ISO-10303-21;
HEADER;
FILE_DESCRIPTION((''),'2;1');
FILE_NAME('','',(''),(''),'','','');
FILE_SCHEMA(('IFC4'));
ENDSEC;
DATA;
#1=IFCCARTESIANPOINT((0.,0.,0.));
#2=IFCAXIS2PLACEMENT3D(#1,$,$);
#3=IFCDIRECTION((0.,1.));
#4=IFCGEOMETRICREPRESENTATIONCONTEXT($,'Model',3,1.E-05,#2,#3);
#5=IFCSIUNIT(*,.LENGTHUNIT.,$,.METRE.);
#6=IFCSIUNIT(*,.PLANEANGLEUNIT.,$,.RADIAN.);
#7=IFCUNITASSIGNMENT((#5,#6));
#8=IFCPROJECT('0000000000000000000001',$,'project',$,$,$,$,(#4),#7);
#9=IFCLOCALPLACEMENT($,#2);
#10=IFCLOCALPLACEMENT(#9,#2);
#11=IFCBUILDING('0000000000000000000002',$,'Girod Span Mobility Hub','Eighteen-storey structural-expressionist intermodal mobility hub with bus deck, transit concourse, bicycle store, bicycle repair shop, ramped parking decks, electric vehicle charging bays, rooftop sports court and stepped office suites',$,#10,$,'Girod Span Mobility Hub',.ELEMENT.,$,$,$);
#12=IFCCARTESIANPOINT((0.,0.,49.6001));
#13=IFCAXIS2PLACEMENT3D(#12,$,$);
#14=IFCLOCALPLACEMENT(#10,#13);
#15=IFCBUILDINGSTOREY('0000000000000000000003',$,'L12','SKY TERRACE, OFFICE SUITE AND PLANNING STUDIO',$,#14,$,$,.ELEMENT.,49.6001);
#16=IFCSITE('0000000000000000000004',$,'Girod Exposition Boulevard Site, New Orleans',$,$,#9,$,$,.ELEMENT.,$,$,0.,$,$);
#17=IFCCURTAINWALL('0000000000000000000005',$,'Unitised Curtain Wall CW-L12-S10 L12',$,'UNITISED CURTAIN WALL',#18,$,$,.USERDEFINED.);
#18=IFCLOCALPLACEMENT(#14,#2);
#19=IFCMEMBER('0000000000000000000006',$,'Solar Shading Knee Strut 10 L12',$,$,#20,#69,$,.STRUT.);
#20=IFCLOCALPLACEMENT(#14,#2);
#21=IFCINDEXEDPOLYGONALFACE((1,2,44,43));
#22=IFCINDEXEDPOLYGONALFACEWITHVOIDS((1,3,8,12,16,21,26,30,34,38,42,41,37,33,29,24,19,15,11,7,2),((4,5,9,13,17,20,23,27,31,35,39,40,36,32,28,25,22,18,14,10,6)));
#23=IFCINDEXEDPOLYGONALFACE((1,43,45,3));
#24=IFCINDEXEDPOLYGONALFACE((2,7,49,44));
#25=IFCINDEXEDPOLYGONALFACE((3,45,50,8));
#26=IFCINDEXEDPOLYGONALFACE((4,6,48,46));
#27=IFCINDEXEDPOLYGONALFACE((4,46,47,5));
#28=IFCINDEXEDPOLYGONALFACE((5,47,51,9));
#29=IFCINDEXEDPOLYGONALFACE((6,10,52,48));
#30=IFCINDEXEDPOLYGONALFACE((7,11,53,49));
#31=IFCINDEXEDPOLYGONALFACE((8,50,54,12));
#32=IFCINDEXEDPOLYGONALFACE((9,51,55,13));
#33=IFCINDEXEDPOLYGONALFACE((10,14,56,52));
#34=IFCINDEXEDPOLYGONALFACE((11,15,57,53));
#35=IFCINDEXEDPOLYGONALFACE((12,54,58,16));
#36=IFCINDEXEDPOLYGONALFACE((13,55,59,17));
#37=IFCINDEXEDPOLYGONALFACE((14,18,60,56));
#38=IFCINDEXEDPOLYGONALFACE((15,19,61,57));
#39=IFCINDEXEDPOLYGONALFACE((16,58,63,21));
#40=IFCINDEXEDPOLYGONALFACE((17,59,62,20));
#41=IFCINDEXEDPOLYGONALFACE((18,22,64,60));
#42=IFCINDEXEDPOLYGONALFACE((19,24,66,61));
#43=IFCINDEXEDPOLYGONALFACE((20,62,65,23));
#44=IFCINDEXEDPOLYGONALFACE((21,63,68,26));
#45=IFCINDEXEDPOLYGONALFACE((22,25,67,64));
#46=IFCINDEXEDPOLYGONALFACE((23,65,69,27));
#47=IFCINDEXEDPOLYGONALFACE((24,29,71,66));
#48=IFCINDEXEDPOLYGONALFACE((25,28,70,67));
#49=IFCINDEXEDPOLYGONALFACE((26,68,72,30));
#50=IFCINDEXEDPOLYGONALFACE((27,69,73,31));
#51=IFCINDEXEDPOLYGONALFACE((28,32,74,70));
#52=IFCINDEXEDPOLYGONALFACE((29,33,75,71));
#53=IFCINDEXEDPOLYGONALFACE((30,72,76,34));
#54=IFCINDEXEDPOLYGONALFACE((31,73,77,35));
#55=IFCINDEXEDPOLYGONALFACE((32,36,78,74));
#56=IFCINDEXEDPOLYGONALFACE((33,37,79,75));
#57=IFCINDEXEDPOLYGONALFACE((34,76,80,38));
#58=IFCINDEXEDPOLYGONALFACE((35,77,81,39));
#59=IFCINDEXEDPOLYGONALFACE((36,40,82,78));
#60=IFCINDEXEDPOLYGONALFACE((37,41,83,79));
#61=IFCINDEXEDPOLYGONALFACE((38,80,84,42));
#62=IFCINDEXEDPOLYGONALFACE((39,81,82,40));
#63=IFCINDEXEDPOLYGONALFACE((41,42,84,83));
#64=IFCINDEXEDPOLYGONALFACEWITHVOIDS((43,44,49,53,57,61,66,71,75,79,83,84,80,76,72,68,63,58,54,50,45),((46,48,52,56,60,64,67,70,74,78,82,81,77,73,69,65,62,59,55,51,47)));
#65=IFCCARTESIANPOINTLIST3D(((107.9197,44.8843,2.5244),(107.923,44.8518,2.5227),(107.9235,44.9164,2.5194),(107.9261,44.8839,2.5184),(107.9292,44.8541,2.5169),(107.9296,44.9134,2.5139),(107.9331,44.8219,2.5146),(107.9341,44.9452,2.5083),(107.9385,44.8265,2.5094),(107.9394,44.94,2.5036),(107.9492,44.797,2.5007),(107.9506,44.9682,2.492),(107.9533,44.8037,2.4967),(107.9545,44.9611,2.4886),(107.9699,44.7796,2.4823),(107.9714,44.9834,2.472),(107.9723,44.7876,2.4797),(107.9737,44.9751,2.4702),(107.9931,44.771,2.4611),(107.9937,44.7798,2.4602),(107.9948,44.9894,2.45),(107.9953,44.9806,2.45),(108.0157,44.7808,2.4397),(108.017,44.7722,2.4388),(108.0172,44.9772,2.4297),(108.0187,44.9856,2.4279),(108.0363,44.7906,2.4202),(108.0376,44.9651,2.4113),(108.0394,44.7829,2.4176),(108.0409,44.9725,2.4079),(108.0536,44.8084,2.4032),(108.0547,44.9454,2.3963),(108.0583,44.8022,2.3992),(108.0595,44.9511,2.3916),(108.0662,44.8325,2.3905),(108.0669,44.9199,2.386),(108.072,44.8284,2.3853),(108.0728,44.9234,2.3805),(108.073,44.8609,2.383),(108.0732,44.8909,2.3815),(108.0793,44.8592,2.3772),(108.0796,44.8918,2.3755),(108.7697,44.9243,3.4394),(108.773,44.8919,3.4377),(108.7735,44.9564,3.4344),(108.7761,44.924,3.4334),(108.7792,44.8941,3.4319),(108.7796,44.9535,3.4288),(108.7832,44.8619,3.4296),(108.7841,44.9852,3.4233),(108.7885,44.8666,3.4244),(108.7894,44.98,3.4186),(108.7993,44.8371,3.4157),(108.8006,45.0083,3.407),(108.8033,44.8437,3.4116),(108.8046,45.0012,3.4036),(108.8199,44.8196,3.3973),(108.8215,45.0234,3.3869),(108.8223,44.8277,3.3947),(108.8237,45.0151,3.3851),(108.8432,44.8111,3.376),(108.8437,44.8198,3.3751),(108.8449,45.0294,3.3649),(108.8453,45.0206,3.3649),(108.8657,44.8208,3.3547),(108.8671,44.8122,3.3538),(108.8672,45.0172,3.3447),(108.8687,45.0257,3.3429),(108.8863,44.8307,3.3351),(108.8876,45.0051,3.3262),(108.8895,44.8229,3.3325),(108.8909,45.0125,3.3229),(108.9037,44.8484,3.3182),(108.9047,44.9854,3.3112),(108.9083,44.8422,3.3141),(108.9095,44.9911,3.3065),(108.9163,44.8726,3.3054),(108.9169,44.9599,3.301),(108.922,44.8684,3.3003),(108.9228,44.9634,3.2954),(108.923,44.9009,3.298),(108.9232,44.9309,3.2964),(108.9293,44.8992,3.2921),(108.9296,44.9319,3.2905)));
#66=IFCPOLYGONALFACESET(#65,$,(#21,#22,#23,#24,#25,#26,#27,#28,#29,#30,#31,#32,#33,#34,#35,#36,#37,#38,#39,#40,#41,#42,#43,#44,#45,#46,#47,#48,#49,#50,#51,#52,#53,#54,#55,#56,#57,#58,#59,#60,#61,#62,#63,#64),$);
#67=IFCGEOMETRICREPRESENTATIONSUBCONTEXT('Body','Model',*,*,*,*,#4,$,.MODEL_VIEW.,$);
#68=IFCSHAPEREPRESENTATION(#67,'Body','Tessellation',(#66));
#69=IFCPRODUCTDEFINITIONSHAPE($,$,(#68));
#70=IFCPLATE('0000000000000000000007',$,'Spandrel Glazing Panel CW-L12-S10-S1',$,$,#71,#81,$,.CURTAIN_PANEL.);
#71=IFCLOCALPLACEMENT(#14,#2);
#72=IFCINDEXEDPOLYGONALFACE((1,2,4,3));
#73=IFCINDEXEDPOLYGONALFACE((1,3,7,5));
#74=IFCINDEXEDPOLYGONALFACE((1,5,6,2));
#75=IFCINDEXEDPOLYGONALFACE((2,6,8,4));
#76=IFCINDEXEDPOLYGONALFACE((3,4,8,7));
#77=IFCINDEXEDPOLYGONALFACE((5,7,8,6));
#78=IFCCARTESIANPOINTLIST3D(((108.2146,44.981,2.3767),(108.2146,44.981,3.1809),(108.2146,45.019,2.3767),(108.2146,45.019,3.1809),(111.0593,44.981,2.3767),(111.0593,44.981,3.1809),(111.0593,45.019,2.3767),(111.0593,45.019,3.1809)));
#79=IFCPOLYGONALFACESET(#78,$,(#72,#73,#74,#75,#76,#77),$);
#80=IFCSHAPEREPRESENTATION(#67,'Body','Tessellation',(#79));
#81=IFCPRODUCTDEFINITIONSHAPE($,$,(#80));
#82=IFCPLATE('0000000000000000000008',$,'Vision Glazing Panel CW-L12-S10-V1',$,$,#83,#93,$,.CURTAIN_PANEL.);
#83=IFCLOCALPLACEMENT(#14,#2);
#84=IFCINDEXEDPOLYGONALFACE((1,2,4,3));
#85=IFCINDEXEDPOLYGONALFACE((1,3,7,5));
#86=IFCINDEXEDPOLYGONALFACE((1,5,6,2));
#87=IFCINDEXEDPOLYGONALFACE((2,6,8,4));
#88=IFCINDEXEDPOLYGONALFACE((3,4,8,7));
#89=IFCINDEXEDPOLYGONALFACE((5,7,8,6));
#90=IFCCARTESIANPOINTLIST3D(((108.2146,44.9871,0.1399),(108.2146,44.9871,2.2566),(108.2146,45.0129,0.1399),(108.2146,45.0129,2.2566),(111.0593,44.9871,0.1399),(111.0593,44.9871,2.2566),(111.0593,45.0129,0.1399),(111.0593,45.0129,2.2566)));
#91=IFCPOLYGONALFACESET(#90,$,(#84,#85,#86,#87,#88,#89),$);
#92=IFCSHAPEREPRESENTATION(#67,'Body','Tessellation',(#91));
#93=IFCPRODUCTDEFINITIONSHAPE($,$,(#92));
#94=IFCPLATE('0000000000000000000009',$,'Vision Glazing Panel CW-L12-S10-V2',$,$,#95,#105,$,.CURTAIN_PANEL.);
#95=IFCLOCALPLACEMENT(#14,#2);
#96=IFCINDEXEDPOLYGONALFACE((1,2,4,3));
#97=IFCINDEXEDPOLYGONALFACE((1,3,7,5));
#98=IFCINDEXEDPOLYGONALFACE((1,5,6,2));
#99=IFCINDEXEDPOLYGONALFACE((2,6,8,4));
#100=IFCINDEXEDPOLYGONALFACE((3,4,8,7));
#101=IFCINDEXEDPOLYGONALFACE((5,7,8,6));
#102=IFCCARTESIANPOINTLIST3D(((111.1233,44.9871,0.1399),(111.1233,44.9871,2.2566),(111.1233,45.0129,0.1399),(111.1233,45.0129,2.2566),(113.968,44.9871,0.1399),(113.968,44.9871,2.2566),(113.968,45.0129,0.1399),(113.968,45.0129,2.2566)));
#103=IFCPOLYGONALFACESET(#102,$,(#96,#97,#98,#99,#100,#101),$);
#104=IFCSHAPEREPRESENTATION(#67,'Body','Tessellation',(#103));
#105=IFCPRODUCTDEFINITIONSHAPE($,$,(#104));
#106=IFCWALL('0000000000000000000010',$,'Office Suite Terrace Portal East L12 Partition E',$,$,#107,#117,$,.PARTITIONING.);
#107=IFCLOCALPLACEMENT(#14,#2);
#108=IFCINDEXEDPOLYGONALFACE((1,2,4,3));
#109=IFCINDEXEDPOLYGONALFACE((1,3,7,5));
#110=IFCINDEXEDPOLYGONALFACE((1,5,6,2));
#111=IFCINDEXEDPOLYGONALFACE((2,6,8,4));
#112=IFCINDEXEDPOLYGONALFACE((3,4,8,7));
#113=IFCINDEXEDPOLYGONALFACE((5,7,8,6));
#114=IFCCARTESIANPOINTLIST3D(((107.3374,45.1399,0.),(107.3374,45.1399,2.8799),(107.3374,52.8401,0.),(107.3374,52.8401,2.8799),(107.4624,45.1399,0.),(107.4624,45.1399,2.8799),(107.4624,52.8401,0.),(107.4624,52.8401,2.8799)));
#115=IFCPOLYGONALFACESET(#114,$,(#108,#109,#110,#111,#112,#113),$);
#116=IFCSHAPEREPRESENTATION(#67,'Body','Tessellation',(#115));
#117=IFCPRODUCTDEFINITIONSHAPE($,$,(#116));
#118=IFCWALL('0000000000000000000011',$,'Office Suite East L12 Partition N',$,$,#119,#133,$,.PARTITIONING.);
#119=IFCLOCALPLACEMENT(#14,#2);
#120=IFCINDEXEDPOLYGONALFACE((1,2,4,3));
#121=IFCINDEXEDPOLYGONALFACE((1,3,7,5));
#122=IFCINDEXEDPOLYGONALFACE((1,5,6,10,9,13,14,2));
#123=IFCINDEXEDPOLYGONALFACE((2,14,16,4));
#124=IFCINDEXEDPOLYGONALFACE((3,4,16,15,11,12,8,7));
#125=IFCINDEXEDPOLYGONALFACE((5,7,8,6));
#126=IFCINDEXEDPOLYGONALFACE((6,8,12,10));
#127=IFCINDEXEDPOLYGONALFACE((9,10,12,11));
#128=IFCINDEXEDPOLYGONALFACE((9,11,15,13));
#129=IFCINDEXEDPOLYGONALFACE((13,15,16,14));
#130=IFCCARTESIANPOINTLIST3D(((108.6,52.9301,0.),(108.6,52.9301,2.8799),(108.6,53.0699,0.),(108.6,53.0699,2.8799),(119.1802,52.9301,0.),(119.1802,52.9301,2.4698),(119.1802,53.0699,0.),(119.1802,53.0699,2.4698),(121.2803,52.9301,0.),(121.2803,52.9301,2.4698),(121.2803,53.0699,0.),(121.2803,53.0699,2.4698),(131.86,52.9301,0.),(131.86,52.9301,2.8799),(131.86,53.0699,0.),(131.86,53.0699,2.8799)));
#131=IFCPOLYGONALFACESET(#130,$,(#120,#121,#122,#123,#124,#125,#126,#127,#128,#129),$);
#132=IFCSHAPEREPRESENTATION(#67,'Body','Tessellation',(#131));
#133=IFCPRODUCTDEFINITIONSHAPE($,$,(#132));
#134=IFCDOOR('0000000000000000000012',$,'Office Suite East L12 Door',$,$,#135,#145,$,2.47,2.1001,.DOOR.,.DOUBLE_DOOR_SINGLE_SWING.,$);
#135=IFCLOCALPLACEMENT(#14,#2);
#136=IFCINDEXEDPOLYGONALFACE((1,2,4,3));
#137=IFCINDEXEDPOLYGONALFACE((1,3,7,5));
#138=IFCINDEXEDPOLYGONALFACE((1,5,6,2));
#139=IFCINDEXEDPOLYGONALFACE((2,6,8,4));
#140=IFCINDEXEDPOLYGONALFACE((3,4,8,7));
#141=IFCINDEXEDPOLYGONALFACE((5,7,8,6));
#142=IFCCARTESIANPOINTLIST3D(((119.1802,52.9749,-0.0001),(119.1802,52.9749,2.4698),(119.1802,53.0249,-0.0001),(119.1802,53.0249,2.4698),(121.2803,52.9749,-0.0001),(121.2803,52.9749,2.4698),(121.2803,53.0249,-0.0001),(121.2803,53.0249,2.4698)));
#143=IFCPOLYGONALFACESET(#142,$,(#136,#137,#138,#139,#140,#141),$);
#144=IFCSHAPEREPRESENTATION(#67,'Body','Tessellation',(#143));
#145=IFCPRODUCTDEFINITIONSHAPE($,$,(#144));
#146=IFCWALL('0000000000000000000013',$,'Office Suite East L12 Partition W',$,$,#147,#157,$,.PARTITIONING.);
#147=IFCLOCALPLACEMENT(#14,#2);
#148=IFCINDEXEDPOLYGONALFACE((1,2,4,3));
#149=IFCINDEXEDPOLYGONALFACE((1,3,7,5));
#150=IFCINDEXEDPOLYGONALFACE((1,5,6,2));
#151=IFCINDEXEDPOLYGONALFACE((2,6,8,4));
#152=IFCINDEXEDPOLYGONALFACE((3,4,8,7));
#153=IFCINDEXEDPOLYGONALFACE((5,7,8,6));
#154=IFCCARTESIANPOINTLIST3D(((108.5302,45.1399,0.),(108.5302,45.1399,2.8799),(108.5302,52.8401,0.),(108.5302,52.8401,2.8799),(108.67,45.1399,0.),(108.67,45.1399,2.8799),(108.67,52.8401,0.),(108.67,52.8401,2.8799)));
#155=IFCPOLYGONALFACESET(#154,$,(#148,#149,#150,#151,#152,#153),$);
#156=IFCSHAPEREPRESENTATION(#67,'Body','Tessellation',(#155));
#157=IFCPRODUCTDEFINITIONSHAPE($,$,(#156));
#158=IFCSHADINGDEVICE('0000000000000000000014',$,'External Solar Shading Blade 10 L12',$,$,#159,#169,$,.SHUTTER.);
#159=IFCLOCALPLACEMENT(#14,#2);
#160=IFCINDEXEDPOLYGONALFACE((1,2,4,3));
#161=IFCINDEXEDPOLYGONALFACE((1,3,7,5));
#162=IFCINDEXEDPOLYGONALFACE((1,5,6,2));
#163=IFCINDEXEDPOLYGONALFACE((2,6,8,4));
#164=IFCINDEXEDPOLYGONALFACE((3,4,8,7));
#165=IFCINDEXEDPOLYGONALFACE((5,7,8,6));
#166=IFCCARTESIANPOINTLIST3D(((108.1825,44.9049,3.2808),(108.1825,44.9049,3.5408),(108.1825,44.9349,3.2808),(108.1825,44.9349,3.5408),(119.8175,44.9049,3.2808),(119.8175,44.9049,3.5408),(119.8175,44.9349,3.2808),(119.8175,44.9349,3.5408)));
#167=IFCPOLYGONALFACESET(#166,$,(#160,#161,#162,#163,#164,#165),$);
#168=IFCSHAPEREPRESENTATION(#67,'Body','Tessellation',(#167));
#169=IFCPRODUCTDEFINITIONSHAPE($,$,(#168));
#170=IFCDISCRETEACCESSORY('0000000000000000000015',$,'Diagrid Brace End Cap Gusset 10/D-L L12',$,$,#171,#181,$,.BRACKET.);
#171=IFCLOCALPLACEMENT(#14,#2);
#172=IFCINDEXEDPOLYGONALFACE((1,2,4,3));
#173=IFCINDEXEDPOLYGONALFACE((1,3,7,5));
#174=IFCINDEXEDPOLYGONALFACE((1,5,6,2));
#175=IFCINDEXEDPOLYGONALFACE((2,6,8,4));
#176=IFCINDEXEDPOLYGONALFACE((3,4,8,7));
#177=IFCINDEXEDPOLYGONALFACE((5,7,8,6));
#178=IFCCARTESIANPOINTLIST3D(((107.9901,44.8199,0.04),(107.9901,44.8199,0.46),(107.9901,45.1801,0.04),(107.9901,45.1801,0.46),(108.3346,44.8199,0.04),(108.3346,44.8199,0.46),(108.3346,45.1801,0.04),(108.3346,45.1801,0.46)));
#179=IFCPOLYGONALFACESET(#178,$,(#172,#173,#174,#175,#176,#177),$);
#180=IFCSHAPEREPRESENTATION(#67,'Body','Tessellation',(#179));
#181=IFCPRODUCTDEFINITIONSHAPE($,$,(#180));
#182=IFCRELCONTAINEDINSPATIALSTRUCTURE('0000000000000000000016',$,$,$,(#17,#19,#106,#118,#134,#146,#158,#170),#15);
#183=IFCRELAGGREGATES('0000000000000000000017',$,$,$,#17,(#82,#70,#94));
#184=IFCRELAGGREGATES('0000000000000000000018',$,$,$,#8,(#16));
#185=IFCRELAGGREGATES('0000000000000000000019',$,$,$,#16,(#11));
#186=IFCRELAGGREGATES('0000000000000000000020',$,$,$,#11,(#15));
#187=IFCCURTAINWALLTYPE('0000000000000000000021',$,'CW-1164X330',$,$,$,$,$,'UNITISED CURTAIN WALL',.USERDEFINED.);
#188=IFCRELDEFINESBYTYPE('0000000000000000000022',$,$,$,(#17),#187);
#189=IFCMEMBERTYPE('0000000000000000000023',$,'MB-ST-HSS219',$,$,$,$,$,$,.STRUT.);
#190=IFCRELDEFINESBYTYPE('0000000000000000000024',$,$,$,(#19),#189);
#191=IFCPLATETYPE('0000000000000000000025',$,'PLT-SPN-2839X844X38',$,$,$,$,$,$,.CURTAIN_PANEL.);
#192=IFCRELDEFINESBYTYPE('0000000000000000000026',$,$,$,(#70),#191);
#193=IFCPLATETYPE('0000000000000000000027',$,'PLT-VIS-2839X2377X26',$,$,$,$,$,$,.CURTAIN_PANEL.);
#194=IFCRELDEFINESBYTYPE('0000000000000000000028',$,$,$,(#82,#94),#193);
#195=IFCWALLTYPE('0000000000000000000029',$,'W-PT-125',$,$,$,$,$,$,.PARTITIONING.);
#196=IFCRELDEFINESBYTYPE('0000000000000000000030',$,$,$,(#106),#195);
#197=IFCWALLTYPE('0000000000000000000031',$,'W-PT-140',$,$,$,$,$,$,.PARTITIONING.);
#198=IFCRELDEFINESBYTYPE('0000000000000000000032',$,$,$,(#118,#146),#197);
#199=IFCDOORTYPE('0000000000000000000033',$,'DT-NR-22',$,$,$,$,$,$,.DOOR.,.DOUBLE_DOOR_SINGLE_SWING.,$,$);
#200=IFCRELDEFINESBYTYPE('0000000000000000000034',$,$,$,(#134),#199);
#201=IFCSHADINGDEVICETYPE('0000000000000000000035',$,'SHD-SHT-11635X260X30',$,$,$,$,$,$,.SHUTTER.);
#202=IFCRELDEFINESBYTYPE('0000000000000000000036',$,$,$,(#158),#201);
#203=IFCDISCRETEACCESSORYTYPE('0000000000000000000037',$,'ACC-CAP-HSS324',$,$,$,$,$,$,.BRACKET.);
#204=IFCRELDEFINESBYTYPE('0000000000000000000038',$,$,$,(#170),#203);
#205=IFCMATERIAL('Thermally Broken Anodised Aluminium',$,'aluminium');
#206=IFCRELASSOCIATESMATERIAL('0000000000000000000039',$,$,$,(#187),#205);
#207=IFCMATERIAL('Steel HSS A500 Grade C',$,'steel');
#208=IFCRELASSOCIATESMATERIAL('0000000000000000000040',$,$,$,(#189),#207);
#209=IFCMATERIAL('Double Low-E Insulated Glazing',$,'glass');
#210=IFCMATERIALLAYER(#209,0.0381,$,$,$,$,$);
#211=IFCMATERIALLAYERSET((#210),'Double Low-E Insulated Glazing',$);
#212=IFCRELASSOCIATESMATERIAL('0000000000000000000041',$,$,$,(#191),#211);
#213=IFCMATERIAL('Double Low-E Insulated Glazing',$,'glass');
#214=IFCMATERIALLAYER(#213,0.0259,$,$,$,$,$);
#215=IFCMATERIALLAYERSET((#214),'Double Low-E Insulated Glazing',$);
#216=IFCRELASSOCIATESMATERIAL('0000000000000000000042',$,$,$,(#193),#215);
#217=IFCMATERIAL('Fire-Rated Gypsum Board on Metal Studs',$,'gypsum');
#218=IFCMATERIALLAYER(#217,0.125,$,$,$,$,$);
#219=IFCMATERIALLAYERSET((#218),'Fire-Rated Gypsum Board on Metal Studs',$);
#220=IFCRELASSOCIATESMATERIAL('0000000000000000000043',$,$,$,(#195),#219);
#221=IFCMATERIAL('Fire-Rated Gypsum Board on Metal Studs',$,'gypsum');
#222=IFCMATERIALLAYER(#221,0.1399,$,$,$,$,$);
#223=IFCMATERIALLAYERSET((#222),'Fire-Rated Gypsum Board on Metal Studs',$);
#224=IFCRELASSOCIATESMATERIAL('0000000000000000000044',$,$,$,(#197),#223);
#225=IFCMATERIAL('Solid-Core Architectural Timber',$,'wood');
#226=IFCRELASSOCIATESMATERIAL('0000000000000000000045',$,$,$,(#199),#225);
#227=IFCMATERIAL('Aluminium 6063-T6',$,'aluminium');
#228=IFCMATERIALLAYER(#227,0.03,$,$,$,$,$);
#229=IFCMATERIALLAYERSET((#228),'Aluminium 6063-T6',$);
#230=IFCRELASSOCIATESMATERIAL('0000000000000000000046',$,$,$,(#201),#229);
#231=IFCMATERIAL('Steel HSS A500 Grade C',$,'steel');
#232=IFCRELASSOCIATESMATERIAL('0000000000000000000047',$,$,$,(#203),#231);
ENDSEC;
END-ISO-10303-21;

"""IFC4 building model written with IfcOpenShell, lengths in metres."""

from ifc_helpers import new_model, si_unit, direction, frame, frame_2d, origin, origin_2d, place, context, subcontext, project, spatial, rectangle, hollow_circle, extrude, material, layer, layer_set, material_profile, profile_set, type_object, element, fill, aggregate, save


model = new_model("IFC4")

# Units and contexts
model_context = context("Model", 3, precision=1e-05, world=origin(), true_north=direction((0.0, 1.0)))
body_context = subcontext(model_context, "Body", "Model", "MODEL_VIEW")
ifc_project = project(units=[si_unit("LENGTHUNIT", "METRE"), si_unit("PLANEANGLEUNIT", "RADIAN")], contexts=[model_context])

# Site, building, storey
site_placement = place(None, origin())
site = spatial("IfcSite", under=ifc_project, at=site_placement, Name="Girod Exposition Boulevard Site, New Orleans", CompositionType="ELEMENT", RefElevation=0.0)
building_placement = place(site_placement, origin())
building = spatial("IfcBuilding", under=site, at=building_placement, Name="Girod Span Mobility Hub", Description="Eighteen-storey structural-expressionist intermodal mobility hub with bus deck, transit concourse, bicycle store, bicycle repair shop, ramped parking decks, electric vehicle charging bays, rooftop sports court and stepped office suites", LongName="Girod Span Mobility Hub", CompositionType="ELEMENT")
storey_placement = place(building_placement, frame((0.0, 0.0, 49.6001)))
storey = spatial("IfcBuildingStorey", under=building, at=storey_placement, Name="L12", Description="SKY TERRACE, OFFICE SUITE AND PLANNING STUDIO", CompositionType="ELEMENT", Elevation=49.6001)

# Curtain wall
ifc_material_1 = material(Name="Thermally Broken Anodised Aluminium", Category="aluminium")
curtain_wall_type = type_object("IfcCurtainWallType", Name="CW-1164X330", ElementType="UNITISED CURTAIN WALL", PredefinedType="USERDEFINED", material=ifc_material_1)
curtain_wall_placement = place(storey_placement, origin())
curtain_wall = element("IfcCurtainWall", 1, at=curtain_wall_placement, inside=storey, type_object=curtain_wall_type, Name="Unitised Curtain Wall CW-L12-S10 L12", ObjectType="UNITISED CURTAIN WALL", PredefinedType="USERDEFINED")

# Member
ifc_material_2 = material(Name="Steel HSS A500 Grade C", Category="steel")
ifc_material_profile_1 = material_profile(ifc_material_2, hollow_circle(Radius=0.1096, WallThickness=0.0088, at=origin_2d()), Name="HSS219X9.5")
ifc_profile_set_1 = profile_set([ifc_material_profile_1], Name="Steel HSS A500 Grade C")
member_type_1 = type_object("IfcMemberType", Name="MB-ST-HSS219", PredefinedType="STRUT", material=ifc_profile_set_1)
member_1_placement = place(storey_placement, frame((108.0, 44.8799, 2.45), z_axis=(0.680282, 0.032041, 0.73225), x_axis=(-0.047047, 0.998893, 0.0)))
element("IfcMember", 2, at=member_1_placement, inside=storey, type_object=member_type_1, Name="Solar Shading Knee Strut 10 L12", PredefinedType="STRUT", context=body_context, shape_type="SweptSolid", body=[
    extrude(hollow_circle(Radius=0.1096, WallThickness=0.0088, at=origin_2d()), origin(), (0.0, 0.0, 1.0), 1.2495),
])

# Plates
ifc_material_3 = material(Name="Double Low-E Insulated Glazing", Category="glass")
ifc_layer_1 = layer(ifc_material_3, 0.0381)
ifc_layer_set_1 = layer_set([ifc_layer_1], Name="Double Low-E Insulated Glazing")
plate_type_1 = type_object("IfcPlateType", Name="PLT-SPN-2839X844X38", PredefinedType="CURTAIN_PANEL", material=ifc_layer_set_1)
plate_1_placement = place(storey_placement, frame((109.637, 45.0, 2.3767), z_axis=(0.0, 0.0, 1.0), x_axis=(1.0, 0.0, 0.0)))
plate_1 = element("IfcPlate", 3, at=plate_1_placement, type_object=plate_type_1, Name="Spandrel Glazing Panel CW-L12-S10-S1", PredefinedType="CURTAIN_PANEL", context=body_context, shape_type="SweptSolid", body=[
    extrude(rectangle(XDim=2.8447, YDim=0.0381, at=origin_2d()), origin(), (0.0, 0.0, 1.0), 0.8042),
])
ifc_material_4 = material(Name="Double Low-E Insulated Glazing", Category="glass")
ifc_layer_2 = layer(ifc_material_4, 0.0259)
ifc_layer_set_2 = layer_set([ifc_layer_2], Name="Double Low-E Insulated Glazing")
plate_type_2 = type_object("IfcPlateType", Name="PLT-VIS-2839X2377X26", PredefinedType="CURTAIN_PANEL", material=ifc_layer_set_2)
plate_2_placement = place(storey_placement, frame((109.637, 45.0, 0.1399), z_axis=(0.0, 0.0, 1.0), x_axis=(1.0, 0.0, 0.0)))
plate_2 = element("IfcPlate", 4, at=plate_2_placement, type_object=plate_type_2, Name="Vision Glazing Panel CW-L12-S10-V1", PredefinedType="CURTAIN_PANEL", context=body_context, shape_type="SweptSolid", body=[
    extrude(rectangle(XDim=2.8447, YDim=0.0259, at=origin_2d()), origin(), (0.0, 0.0, 1.0), 2.1167),
])
plate_3_placement = place(storey_placement, frame((112.5457, 45.0, 0.1399), z_axis=(0.0, 0.0, 1.0), x_axis=(1.0, 0.0, 0.0)))
plate_3 = element("IfcPlate", 5, at=plate_3_placement, type_object=plate_type_2, Name="Vision Glazing Panel CW-L12-S10-V2", PredefinedType="CURTAIN_PANEL", context=body_context, shape_type="SweptSolid", body=[
    extrude(rectangle(XDim=2.8447, YDim=0.0259, at=origin_2d()), origin(), (0.0, 0.0, 1.0), 2.1167),
])
aggregate(curtain_wall, [plate_2, plate_1, plate_3])

# Wall
ifc_material_5 = material(Name="Fire-Rated Gypsum Board on Metal Studs", Category="gypsum")
ifc_layer_3 = layer(ifc_material_5, 0.125)
ifc_layer_set_3 = layer_set([ifc_layer_3], Name="Fire-Rated Gypsum Board on Metal Studs")
wall_type_1 = type_object("IfcWallType", Name="W-PT-125", PredefinedType="PARTITIONING", material=ifc_layer_set_3)
wall_1_placement = place(storey_placement, frame((107.3999, 45.1399, 0.0), z_axis=(0.0, 0.0, 1.0), x_axis=(0.0, 1.0, 0.0)))
element("IfcWall", 6, at=wall_1_placement, inside=storey, type_object=wall_type_1, Name="Office Suite Terrace Portal East L12 Partition E", PredefinedType="PARTITIONING", context=body_context, shape_type="SweptSolid", body=[
    extrude(rectangle(XDim=7.7002, YDim=0.125, at=frame_2d((3.8501, 0.0))), origin(), (0.0, 0.0, 1.0), 2.8799),
])

# Wall, opening, door
ifc_material_6 = material(Name="Fire-Rated Gypsum Board on Metal Studs", Category="gypsum")
ifc_layer_4 = layer(ifc_material_6, 0.1399)
ifc_layer_set_4 = layer_set([ifc_layer_4], Name="Fire-Rated Gypsum Board on Metal Studs")
wall_type_2 = type_object("IfcWallType", Name="W-PT-140", PredefinedType="PARTITIONING", material=ifc_layer_set_4)
wall_2_placement = place(storey_placement, frame((108.6001, 53.0, 0.0), z_axis=(0.0, 0.0, 1.0), x_axis=(1.0, 0.0, 0.0)))
wall_2 = element("IfcWall", 7, at=wall_2_placement, inside=storey, type_object=wall_type_2, Name="Office Suite East L12 Partition N", PredefinedType="PARTITIONING", context=body_context, shape_type="SweptSolid", body=[
    extrude(rectangle(XDim=23.26, YDim=0.1399, at=frame_2d((11.6299, 0.0))), origin(), (0.0, 0.0, 1.0), 2.8799),
])
opening_placement = place(wall_2_placement, frame((10.5801, 0.0, 0.0)))
opening = element("IfcOpeningElement", 8, at=opening_placement, cuts=wall_2, PredefinedType="OPENING", context=body_context, shape_type="SweptSolid", body=[
    extrude(rectangle(XDim=2.1001, YDim=2.47, at=frame_2d((1.05, 1.2349))), frame((0.0, 0.085, 0.0), z_axis=(0.0, -1.0, 0.0), x_axis=(1.0, 0.0, 0.0)), (0.0, 0.0, 1.0), 0.1699),
])
ifc_material_7 = material(Name="Solid-Core Architectural Timber", Category="wood")
door_type = type_object("IfcDoorType", Name="DT-NR-22", OperationType="DOUBLE_DOOR_SINGLE_SWING", PredefinedType="DOOR", material=ifc_material_7)
door_placement = place(opening_placement, origin())
door = element("IfcDoor", 9, at=door_placement, inside=storey, type_object=door_type, Name="Office Suite East L12 Door", OperationType="DOUBLE_DOOR_SINGLE_SWING", OverallHeight=2.47, OverallWidth=2.1001, PredefinedType="DOOR", context=body_context, shape_type="SweptSolid", body=[
    extrude(rectangle(XDim=2.1001, YDim=2.47, at=frame_2d((1.05, 1.2349))), frame((0.0, 0.0249, 0.0), z_axis=(0.0, -1.0, 0.0), x_axis=(1.0, 0.0, 0.0)), (0.0, 0.0, 1.0), 0.05),
])
fill(opening, door)

# Wall
wall_3_placement = place(storey_placement, frame((108.6001, 45.1399, 0.0), z_axis=(0.0, 0.0, 1.0), x_axis=(0.0, 1.0, 0.0)))
element("IfcWall", 10, at=wall_3_placement, inside=storey, type_object=wall_type_2, Name="Office Suite East L12 Partition W", PredefinedType="PARTITIONING", context=body_context, shape_type="SweptSolid", body=[
    extrude(rectangle(XDim=7.7002, YDim=0.1399, at=frame_2d((3.8501, 0.0))), origin(), (0.0, 0.0, 1.0), 2.8799),
])

# Shading device
ifc_material_8 = material(Name="Aluminium 6063-T6", Category="aluminium")
ifc_layer_5 = layer(ifc_material_8, 0.03)
ifc_layer_set_5 = layer_set([ifc_layer_5], Name="Aluminium 6063-T6")
shading_device_type = type_object("IfcShadingDeviceType", Name="SHD-SHT-11635X260X30", PredefinedType="SHUTTER", material=ifc_layer_set_5)
shading_device_placement = place(storey_placement, frame((114.0, 44.9199, 3.2808), z_axis=(0.0, 0.0, 1.0), x_axis=(1.0, 0.0, 0.0)))
element("IfcShadingDevice", 11, at=shading_device_placement, inside=storey, type_object=shading_device_type, Name="External Solar Shading Blade 10 L12", PredefinedType="SHUTTER", context=body_context, shape_type="SweptSolid", body=[
    extrude(rectangle(XDim=11.635, YDim=0.03, at=origin_2d()), origin(), (0.0, 0.0, 1.0), 0.26),
])

# Discrete accessory
ifc_material_9 = material(Name="Steel HSS A500 Grade C", Category="steel")
discrete_accessory_type = type_object("IfcDiscreteAccessoryType", Name="ACC-CAP-HSS324", PredefinedType="BRACKET", material=ifc_material_9)
discrete_accessory_1_placement = place(storey_placement, frame((108.1624, 45.0, 0.04), z_axis=(0.0, 0.0, 1.0), x_axis=(1.0, 0.0, 0.0)))
element("IfcDiscreteAccessory", 12, at=discrete_accessory_1_placement, inside=storey, type_object=discrete_accessory_type, Name="Diagrid Brace End Cap Gusset 10/D-L L12", PredefinedType="BRACKET", context=body_context, shape_type="SweptSolid", body=[
    extrude(rectangle(XDim=0.3445, YDim=0.3601, at=origin_2d()), origin(), (0.0, 0.0, 1.0), 0.4199),
])

save(model, "model.ifc")
